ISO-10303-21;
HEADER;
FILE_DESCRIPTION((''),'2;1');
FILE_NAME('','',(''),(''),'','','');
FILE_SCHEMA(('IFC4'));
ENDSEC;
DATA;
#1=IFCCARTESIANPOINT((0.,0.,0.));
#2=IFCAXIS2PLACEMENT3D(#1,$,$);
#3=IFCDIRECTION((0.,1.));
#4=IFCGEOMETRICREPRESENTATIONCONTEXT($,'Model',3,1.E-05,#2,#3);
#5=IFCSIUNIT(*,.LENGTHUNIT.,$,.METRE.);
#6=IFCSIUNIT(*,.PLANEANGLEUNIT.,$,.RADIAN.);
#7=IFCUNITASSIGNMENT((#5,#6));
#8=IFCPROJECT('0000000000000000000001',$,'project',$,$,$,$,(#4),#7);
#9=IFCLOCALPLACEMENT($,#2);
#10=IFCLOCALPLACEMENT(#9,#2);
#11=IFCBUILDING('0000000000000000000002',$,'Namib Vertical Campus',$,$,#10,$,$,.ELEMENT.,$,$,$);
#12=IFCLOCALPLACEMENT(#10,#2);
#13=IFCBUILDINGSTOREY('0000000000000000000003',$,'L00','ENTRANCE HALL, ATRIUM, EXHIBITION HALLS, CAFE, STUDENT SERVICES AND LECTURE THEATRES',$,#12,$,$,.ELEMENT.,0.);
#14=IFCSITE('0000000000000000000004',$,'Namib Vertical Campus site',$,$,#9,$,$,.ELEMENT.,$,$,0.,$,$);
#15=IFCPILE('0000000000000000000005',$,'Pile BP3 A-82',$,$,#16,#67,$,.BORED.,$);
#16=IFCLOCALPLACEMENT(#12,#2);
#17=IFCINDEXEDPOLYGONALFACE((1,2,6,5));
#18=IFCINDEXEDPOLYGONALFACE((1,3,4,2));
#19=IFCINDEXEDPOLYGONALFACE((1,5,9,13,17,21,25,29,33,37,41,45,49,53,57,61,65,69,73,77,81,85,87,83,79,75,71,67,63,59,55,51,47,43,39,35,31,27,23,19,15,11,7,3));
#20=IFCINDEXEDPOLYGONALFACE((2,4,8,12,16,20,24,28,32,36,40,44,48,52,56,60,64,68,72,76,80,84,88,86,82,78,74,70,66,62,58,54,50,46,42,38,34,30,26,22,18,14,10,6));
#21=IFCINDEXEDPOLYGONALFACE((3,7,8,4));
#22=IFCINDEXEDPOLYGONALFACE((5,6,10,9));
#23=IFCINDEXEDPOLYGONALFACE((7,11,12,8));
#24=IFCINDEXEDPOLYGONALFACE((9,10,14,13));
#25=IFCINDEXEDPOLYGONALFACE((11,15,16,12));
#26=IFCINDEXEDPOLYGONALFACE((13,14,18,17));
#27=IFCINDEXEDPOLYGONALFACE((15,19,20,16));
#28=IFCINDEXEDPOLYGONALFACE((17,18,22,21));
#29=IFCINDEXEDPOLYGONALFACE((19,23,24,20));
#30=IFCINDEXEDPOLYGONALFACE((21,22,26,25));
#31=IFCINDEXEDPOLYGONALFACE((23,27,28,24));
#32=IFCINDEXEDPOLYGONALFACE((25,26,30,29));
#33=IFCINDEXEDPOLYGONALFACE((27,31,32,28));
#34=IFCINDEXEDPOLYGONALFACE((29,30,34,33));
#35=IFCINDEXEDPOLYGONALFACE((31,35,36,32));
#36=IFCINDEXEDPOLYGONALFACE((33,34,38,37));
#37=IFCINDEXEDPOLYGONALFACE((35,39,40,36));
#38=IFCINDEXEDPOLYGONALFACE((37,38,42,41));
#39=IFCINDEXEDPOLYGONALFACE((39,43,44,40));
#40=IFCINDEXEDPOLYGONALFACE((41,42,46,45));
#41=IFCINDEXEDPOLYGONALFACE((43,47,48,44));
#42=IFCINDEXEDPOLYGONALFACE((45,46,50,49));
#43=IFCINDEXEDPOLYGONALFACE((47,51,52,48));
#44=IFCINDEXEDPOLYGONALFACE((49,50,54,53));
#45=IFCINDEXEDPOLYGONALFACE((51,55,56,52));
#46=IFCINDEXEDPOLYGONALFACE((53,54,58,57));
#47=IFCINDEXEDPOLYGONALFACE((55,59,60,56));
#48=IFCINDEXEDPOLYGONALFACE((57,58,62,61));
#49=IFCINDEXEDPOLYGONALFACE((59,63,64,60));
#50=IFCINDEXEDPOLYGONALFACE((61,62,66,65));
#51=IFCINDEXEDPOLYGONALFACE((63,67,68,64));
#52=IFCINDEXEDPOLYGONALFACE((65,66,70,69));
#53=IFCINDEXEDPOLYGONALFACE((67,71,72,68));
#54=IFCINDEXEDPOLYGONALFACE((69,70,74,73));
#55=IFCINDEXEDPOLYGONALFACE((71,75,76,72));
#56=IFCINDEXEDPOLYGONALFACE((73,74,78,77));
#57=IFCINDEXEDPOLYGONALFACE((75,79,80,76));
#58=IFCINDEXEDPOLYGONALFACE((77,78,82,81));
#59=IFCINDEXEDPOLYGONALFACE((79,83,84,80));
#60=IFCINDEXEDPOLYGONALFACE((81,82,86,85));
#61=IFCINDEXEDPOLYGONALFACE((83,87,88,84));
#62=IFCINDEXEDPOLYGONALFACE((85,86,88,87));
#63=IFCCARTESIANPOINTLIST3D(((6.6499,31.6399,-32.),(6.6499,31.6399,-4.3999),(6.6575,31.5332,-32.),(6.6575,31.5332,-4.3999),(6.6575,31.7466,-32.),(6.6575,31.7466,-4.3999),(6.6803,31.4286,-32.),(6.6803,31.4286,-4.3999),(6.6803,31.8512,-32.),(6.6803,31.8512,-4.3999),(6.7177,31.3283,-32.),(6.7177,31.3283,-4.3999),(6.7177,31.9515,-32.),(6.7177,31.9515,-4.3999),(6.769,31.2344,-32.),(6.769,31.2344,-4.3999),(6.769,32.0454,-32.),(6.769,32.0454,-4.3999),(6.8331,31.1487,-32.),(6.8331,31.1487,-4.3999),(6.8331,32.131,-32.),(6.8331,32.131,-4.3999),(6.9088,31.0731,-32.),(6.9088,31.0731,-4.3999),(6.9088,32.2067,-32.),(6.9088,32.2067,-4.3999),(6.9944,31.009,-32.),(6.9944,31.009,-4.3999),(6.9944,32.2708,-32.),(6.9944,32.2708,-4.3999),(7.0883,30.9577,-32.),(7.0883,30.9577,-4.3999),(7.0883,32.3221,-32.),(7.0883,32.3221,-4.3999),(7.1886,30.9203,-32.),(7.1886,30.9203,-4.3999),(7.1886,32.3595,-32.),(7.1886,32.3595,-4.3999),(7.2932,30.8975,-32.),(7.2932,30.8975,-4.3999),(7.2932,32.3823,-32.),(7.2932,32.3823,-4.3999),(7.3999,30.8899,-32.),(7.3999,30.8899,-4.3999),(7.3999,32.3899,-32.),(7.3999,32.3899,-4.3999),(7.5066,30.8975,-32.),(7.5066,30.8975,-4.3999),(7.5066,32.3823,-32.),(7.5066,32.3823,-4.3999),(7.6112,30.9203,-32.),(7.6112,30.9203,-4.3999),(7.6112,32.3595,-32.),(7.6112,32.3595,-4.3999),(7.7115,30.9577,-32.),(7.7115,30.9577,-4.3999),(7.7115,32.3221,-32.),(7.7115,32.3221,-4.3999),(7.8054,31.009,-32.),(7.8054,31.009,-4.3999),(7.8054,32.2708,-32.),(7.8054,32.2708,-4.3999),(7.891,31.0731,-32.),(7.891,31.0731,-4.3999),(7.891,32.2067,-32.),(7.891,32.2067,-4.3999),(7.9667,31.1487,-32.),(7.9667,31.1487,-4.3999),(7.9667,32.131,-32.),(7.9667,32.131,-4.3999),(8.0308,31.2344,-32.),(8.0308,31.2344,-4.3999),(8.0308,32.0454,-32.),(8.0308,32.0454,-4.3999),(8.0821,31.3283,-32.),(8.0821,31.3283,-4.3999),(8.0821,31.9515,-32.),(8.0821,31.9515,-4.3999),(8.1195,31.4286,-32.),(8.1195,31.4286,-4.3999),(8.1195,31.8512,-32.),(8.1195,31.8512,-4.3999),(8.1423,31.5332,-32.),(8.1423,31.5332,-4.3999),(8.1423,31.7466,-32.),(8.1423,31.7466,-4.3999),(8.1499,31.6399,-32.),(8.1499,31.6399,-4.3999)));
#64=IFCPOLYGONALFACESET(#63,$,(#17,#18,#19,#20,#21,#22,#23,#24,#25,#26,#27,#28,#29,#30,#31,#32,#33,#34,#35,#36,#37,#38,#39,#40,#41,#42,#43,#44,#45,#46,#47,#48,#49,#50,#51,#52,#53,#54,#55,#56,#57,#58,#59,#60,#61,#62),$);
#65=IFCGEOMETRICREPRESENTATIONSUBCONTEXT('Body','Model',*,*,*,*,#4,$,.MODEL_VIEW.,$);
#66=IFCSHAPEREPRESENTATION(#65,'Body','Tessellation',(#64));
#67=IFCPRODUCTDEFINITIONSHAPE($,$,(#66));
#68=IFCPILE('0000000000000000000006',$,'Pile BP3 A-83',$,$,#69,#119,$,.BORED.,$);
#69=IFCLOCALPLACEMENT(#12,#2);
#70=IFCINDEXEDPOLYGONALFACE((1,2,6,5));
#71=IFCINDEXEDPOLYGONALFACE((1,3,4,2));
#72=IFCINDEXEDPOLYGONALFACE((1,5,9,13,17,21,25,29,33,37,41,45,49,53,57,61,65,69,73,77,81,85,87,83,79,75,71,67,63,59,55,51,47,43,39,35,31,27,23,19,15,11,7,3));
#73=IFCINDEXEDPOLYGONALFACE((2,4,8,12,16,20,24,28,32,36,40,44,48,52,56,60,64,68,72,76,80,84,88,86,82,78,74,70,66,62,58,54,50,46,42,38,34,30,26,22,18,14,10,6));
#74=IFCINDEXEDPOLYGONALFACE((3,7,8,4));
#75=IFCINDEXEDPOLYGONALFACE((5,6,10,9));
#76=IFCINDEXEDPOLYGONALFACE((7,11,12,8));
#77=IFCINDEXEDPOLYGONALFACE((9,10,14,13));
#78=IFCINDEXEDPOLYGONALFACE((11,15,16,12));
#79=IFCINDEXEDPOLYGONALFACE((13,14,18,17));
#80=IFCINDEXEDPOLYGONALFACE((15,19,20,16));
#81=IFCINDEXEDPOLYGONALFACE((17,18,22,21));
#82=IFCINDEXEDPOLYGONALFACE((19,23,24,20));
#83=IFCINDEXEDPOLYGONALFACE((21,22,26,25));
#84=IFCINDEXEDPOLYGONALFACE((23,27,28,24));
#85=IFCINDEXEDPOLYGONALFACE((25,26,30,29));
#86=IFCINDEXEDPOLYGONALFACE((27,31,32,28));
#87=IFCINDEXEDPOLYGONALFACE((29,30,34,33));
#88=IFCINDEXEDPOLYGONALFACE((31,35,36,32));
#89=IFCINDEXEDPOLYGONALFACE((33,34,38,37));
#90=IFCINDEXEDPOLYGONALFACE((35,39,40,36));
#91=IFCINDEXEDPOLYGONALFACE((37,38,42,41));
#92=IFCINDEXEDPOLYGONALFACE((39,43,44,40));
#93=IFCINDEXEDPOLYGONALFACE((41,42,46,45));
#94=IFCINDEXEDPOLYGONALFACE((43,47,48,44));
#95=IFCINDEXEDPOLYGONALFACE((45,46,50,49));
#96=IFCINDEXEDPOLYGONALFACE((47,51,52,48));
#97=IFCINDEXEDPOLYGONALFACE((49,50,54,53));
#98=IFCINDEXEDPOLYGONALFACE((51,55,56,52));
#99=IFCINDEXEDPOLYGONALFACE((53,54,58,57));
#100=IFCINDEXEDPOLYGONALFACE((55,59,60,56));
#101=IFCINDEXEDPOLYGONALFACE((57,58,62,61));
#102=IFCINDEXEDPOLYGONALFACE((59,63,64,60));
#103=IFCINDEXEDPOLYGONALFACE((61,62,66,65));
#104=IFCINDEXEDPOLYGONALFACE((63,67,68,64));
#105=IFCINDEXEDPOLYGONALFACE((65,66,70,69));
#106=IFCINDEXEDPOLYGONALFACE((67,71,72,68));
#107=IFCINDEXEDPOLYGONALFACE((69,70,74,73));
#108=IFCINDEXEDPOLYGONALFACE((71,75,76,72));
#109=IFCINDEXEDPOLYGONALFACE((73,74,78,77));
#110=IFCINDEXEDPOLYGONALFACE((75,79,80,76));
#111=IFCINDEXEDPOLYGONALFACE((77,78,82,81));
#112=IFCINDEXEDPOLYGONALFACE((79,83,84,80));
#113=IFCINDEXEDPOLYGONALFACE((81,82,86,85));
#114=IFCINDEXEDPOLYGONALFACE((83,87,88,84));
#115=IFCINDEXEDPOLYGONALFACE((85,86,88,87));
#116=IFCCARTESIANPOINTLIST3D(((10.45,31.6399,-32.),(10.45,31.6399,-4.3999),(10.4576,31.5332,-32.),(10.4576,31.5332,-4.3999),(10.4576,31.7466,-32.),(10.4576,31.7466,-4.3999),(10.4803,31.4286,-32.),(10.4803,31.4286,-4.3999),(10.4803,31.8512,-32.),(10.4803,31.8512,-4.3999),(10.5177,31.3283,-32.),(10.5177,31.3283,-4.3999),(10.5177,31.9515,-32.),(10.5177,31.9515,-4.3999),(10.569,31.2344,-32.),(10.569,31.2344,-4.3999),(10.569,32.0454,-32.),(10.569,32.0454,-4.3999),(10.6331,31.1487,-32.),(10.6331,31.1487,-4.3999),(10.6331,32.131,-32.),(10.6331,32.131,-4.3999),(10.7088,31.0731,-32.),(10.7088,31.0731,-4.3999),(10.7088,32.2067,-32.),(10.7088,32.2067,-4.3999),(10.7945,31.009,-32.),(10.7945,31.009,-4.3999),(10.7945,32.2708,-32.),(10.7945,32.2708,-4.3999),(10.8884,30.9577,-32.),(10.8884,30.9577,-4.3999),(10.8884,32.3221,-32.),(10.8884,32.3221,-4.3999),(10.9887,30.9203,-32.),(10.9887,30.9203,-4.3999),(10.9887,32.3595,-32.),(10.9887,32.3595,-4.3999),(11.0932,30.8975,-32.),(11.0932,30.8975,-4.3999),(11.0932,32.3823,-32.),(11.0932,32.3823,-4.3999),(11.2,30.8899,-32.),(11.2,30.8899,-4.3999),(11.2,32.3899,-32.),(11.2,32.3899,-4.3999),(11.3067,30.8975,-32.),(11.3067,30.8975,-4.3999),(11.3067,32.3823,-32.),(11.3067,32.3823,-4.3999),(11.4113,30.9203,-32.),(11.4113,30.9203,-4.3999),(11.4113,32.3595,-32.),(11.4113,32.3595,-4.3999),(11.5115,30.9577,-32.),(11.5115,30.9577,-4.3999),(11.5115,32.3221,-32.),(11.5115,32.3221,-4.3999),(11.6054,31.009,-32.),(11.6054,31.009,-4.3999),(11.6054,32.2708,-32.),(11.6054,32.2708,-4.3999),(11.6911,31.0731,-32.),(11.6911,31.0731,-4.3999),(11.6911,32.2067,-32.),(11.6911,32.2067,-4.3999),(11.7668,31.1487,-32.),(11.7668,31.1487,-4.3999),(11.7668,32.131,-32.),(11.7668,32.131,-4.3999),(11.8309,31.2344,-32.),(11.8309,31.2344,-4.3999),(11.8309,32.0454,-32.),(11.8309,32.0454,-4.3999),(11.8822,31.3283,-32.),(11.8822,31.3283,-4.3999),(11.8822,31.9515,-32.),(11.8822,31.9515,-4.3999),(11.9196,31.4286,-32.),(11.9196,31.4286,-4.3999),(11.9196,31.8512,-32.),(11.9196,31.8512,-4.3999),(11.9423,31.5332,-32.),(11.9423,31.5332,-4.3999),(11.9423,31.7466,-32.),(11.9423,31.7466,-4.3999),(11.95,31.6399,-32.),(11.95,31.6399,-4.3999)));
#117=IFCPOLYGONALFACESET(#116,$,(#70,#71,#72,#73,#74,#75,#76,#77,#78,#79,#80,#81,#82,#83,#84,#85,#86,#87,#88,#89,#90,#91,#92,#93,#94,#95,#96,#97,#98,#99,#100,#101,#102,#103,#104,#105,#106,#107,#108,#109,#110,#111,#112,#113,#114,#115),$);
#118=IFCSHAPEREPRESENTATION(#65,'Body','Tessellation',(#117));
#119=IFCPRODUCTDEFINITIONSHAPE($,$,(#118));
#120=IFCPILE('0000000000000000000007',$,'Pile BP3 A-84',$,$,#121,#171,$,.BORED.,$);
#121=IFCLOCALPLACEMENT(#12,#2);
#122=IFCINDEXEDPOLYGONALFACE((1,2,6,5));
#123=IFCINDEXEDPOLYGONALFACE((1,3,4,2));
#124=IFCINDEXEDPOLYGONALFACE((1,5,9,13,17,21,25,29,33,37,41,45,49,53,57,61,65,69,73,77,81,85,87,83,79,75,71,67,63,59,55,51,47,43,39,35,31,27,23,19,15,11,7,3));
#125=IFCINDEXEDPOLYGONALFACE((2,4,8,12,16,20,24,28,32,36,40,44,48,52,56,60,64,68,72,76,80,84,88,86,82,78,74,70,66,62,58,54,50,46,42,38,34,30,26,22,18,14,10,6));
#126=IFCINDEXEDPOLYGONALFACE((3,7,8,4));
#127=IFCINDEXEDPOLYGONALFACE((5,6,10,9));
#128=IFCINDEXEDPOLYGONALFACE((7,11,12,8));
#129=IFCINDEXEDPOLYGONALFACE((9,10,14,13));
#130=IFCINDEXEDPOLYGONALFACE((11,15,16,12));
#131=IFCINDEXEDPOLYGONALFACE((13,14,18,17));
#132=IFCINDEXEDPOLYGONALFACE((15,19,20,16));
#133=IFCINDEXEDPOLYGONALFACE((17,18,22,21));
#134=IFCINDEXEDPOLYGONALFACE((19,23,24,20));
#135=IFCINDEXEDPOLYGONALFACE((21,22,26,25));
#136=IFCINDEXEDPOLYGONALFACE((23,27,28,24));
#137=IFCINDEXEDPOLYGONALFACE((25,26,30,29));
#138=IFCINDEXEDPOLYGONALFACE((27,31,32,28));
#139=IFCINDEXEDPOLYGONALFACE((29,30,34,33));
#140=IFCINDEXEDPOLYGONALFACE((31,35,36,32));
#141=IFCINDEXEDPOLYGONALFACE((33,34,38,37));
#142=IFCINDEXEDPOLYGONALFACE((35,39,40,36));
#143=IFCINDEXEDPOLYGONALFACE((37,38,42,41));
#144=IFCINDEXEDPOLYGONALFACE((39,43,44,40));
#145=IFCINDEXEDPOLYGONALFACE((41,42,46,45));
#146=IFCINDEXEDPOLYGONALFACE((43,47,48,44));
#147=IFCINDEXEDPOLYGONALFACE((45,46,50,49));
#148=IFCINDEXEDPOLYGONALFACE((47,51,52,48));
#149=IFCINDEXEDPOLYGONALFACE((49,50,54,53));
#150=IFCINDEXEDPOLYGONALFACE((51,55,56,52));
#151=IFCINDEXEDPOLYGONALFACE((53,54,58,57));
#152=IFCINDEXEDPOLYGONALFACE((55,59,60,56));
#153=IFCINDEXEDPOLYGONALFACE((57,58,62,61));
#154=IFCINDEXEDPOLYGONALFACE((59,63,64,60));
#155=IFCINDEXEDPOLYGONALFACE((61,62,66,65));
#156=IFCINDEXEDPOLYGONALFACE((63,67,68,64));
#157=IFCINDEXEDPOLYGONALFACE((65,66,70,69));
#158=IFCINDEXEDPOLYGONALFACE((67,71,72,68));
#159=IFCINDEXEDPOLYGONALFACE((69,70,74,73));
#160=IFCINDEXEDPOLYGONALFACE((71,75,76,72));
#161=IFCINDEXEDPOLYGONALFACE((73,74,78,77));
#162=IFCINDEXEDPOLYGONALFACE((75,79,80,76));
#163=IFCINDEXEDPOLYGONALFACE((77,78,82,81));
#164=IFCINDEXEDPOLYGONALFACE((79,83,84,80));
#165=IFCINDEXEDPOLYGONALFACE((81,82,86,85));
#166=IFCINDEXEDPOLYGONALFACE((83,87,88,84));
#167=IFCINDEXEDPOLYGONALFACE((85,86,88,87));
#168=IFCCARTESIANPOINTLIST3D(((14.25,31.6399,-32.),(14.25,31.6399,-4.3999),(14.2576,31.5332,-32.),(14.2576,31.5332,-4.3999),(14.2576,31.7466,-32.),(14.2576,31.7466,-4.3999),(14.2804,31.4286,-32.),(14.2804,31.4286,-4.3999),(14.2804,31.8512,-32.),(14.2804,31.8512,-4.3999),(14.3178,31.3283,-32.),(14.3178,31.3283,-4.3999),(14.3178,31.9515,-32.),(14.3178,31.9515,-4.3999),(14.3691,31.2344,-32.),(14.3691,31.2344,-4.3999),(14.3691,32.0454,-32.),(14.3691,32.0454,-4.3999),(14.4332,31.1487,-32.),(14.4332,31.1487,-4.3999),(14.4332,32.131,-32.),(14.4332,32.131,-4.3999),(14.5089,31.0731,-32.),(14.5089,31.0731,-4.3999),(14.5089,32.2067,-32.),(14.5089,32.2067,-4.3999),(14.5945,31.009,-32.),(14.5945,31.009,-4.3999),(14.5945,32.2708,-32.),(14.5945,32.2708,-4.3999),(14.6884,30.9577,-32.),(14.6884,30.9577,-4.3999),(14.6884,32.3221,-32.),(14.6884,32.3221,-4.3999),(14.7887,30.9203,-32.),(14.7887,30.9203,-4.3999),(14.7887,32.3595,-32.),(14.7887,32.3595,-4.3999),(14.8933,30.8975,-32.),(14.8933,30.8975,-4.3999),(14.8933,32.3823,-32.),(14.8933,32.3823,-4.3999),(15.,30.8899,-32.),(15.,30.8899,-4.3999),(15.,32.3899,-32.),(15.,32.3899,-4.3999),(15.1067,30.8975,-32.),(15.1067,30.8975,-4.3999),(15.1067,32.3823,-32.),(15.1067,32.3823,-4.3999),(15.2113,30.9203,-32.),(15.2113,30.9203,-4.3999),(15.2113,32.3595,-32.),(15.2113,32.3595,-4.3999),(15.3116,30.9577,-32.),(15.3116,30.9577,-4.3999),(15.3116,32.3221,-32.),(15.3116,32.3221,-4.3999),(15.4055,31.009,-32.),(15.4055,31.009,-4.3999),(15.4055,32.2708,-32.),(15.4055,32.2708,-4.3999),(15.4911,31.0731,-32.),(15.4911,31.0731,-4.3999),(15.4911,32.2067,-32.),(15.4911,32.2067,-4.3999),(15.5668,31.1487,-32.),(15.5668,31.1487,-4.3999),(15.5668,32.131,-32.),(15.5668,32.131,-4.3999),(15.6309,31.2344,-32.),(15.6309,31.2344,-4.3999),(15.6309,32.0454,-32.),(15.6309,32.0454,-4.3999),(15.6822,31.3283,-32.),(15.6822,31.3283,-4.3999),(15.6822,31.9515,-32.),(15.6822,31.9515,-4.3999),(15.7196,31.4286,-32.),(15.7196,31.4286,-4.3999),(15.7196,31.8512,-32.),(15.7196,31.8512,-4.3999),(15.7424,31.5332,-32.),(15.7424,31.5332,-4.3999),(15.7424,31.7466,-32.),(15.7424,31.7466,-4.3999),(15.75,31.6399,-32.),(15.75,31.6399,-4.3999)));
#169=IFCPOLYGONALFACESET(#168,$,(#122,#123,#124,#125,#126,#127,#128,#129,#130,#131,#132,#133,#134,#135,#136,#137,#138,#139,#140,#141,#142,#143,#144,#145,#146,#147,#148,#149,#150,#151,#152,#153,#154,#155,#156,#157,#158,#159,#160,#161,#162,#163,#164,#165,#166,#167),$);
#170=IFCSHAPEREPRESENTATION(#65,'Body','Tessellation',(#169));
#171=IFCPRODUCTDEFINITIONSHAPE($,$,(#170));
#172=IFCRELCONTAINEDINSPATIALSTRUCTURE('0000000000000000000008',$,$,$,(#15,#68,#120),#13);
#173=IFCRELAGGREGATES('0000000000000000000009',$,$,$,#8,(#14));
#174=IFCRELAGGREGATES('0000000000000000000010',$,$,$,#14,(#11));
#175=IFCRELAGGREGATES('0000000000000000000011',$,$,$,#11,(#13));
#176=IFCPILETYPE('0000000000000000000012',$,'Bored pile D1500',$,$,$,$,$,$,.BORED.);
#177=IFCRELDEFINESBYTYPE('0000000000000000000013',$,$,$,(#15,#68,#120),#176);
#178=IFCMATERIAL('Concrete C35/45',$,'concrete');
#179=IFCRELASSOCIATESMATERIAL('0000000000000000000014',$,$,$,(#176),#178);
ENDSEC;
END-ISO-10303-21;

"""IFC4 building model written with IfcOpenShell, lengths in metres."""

from ifc_helpers import new_model, si_unit, direction, frame, origin, origin_2d, place, context, subcontext, project, spatial, circle, extrude, material, material_profile, profile_set, type_object, element, save


model = new_model("IFC4")

# Units and contexts
model_context = context("Model", 3, precision=1e-05, world=origin(), true_north=direction((0.0, 1.0)))
body_context = subcontext(model_context, "Body", "Model", "MODEL_VIEW")
ifc_project = project(units=[si_unit("LENGTHUNIT", "METRE"), si_unit("PLANEANGLEUNIT", "RADIAN")], contexts=[model_context])

# Site, building, storey
site_placement = place(None, origin())
site = spatial("IfcSite", under=ifc_project, at=site_placement, Name="Namib Vertical Campus site", CompositionType="ELEMENT", RefElevation=0.0)
building_placement = place(site_placement, origin())
building = spatial("IfcBuilding", under=site, at=building_placement, Name="Namib Vertical Campus", CompositionType="ELEMENT")
storey_placement = place(building_placement, origin())
storey = spatial("IfcBuildingStorey", under=building, at=storey_placement, Name="L00", Description="ENTRANCE HALL, ATRIUM, EXHIBITION HALLS, CAFE, STUDENT SERVICES AND LECTURE THEATRES", CompositionType="ELEMENT", Elevation=0.0)

# Piles
ifc_material_1 = material(Name="Concrete C35/45", Category="concrete")
ifc_material_profile_1 = material_profile(ifc_material_1, circle(Radius=0.75, at=origin_2d()))
ifc_profile_set_1 = profile_set([ifc_material_profile_1], Name="Concrete C35/45")
pile_type = type_object("IfcPileType", Name="Bored pile D1500", PredefinedType="BORED", material=ifc_profile_set_1)
for number, where, z_axis, x_axis, name in (
    (1, (7.3999, 31.6399, -4.3999), (0.0, 0.0, -1.0), (1.0, 0.0, 0.0), "Pile BP3 A-82"),
    (2, (11.2, 31.6399, -4.3999), (0.0, 0.0, -1.0), (1.0, 0.0, 0.0), "Pile BP3 A-83"),
    (3, (15.0, 31.6399, -4.3999), (0.0, 0.0, -1.0), (1.0, 0.0, 0.0), "Pile BP3 A-84"),
):
    element("IfcPile", number, at=place(storey_placement, frame(where, z_axis=z_axis, x_axis=x_axis)), inside=storey, type_object=pile_type, Name=name, PredefinedType="BORED", context=body_context, shape_type="SweptSolid", body=[
        extrude(circle(Radius=0.75, at=origin_2d()), origin(), (0.0, 0.0, 1.0), 27.6001),
    ])

save(model, "model.ifc")
